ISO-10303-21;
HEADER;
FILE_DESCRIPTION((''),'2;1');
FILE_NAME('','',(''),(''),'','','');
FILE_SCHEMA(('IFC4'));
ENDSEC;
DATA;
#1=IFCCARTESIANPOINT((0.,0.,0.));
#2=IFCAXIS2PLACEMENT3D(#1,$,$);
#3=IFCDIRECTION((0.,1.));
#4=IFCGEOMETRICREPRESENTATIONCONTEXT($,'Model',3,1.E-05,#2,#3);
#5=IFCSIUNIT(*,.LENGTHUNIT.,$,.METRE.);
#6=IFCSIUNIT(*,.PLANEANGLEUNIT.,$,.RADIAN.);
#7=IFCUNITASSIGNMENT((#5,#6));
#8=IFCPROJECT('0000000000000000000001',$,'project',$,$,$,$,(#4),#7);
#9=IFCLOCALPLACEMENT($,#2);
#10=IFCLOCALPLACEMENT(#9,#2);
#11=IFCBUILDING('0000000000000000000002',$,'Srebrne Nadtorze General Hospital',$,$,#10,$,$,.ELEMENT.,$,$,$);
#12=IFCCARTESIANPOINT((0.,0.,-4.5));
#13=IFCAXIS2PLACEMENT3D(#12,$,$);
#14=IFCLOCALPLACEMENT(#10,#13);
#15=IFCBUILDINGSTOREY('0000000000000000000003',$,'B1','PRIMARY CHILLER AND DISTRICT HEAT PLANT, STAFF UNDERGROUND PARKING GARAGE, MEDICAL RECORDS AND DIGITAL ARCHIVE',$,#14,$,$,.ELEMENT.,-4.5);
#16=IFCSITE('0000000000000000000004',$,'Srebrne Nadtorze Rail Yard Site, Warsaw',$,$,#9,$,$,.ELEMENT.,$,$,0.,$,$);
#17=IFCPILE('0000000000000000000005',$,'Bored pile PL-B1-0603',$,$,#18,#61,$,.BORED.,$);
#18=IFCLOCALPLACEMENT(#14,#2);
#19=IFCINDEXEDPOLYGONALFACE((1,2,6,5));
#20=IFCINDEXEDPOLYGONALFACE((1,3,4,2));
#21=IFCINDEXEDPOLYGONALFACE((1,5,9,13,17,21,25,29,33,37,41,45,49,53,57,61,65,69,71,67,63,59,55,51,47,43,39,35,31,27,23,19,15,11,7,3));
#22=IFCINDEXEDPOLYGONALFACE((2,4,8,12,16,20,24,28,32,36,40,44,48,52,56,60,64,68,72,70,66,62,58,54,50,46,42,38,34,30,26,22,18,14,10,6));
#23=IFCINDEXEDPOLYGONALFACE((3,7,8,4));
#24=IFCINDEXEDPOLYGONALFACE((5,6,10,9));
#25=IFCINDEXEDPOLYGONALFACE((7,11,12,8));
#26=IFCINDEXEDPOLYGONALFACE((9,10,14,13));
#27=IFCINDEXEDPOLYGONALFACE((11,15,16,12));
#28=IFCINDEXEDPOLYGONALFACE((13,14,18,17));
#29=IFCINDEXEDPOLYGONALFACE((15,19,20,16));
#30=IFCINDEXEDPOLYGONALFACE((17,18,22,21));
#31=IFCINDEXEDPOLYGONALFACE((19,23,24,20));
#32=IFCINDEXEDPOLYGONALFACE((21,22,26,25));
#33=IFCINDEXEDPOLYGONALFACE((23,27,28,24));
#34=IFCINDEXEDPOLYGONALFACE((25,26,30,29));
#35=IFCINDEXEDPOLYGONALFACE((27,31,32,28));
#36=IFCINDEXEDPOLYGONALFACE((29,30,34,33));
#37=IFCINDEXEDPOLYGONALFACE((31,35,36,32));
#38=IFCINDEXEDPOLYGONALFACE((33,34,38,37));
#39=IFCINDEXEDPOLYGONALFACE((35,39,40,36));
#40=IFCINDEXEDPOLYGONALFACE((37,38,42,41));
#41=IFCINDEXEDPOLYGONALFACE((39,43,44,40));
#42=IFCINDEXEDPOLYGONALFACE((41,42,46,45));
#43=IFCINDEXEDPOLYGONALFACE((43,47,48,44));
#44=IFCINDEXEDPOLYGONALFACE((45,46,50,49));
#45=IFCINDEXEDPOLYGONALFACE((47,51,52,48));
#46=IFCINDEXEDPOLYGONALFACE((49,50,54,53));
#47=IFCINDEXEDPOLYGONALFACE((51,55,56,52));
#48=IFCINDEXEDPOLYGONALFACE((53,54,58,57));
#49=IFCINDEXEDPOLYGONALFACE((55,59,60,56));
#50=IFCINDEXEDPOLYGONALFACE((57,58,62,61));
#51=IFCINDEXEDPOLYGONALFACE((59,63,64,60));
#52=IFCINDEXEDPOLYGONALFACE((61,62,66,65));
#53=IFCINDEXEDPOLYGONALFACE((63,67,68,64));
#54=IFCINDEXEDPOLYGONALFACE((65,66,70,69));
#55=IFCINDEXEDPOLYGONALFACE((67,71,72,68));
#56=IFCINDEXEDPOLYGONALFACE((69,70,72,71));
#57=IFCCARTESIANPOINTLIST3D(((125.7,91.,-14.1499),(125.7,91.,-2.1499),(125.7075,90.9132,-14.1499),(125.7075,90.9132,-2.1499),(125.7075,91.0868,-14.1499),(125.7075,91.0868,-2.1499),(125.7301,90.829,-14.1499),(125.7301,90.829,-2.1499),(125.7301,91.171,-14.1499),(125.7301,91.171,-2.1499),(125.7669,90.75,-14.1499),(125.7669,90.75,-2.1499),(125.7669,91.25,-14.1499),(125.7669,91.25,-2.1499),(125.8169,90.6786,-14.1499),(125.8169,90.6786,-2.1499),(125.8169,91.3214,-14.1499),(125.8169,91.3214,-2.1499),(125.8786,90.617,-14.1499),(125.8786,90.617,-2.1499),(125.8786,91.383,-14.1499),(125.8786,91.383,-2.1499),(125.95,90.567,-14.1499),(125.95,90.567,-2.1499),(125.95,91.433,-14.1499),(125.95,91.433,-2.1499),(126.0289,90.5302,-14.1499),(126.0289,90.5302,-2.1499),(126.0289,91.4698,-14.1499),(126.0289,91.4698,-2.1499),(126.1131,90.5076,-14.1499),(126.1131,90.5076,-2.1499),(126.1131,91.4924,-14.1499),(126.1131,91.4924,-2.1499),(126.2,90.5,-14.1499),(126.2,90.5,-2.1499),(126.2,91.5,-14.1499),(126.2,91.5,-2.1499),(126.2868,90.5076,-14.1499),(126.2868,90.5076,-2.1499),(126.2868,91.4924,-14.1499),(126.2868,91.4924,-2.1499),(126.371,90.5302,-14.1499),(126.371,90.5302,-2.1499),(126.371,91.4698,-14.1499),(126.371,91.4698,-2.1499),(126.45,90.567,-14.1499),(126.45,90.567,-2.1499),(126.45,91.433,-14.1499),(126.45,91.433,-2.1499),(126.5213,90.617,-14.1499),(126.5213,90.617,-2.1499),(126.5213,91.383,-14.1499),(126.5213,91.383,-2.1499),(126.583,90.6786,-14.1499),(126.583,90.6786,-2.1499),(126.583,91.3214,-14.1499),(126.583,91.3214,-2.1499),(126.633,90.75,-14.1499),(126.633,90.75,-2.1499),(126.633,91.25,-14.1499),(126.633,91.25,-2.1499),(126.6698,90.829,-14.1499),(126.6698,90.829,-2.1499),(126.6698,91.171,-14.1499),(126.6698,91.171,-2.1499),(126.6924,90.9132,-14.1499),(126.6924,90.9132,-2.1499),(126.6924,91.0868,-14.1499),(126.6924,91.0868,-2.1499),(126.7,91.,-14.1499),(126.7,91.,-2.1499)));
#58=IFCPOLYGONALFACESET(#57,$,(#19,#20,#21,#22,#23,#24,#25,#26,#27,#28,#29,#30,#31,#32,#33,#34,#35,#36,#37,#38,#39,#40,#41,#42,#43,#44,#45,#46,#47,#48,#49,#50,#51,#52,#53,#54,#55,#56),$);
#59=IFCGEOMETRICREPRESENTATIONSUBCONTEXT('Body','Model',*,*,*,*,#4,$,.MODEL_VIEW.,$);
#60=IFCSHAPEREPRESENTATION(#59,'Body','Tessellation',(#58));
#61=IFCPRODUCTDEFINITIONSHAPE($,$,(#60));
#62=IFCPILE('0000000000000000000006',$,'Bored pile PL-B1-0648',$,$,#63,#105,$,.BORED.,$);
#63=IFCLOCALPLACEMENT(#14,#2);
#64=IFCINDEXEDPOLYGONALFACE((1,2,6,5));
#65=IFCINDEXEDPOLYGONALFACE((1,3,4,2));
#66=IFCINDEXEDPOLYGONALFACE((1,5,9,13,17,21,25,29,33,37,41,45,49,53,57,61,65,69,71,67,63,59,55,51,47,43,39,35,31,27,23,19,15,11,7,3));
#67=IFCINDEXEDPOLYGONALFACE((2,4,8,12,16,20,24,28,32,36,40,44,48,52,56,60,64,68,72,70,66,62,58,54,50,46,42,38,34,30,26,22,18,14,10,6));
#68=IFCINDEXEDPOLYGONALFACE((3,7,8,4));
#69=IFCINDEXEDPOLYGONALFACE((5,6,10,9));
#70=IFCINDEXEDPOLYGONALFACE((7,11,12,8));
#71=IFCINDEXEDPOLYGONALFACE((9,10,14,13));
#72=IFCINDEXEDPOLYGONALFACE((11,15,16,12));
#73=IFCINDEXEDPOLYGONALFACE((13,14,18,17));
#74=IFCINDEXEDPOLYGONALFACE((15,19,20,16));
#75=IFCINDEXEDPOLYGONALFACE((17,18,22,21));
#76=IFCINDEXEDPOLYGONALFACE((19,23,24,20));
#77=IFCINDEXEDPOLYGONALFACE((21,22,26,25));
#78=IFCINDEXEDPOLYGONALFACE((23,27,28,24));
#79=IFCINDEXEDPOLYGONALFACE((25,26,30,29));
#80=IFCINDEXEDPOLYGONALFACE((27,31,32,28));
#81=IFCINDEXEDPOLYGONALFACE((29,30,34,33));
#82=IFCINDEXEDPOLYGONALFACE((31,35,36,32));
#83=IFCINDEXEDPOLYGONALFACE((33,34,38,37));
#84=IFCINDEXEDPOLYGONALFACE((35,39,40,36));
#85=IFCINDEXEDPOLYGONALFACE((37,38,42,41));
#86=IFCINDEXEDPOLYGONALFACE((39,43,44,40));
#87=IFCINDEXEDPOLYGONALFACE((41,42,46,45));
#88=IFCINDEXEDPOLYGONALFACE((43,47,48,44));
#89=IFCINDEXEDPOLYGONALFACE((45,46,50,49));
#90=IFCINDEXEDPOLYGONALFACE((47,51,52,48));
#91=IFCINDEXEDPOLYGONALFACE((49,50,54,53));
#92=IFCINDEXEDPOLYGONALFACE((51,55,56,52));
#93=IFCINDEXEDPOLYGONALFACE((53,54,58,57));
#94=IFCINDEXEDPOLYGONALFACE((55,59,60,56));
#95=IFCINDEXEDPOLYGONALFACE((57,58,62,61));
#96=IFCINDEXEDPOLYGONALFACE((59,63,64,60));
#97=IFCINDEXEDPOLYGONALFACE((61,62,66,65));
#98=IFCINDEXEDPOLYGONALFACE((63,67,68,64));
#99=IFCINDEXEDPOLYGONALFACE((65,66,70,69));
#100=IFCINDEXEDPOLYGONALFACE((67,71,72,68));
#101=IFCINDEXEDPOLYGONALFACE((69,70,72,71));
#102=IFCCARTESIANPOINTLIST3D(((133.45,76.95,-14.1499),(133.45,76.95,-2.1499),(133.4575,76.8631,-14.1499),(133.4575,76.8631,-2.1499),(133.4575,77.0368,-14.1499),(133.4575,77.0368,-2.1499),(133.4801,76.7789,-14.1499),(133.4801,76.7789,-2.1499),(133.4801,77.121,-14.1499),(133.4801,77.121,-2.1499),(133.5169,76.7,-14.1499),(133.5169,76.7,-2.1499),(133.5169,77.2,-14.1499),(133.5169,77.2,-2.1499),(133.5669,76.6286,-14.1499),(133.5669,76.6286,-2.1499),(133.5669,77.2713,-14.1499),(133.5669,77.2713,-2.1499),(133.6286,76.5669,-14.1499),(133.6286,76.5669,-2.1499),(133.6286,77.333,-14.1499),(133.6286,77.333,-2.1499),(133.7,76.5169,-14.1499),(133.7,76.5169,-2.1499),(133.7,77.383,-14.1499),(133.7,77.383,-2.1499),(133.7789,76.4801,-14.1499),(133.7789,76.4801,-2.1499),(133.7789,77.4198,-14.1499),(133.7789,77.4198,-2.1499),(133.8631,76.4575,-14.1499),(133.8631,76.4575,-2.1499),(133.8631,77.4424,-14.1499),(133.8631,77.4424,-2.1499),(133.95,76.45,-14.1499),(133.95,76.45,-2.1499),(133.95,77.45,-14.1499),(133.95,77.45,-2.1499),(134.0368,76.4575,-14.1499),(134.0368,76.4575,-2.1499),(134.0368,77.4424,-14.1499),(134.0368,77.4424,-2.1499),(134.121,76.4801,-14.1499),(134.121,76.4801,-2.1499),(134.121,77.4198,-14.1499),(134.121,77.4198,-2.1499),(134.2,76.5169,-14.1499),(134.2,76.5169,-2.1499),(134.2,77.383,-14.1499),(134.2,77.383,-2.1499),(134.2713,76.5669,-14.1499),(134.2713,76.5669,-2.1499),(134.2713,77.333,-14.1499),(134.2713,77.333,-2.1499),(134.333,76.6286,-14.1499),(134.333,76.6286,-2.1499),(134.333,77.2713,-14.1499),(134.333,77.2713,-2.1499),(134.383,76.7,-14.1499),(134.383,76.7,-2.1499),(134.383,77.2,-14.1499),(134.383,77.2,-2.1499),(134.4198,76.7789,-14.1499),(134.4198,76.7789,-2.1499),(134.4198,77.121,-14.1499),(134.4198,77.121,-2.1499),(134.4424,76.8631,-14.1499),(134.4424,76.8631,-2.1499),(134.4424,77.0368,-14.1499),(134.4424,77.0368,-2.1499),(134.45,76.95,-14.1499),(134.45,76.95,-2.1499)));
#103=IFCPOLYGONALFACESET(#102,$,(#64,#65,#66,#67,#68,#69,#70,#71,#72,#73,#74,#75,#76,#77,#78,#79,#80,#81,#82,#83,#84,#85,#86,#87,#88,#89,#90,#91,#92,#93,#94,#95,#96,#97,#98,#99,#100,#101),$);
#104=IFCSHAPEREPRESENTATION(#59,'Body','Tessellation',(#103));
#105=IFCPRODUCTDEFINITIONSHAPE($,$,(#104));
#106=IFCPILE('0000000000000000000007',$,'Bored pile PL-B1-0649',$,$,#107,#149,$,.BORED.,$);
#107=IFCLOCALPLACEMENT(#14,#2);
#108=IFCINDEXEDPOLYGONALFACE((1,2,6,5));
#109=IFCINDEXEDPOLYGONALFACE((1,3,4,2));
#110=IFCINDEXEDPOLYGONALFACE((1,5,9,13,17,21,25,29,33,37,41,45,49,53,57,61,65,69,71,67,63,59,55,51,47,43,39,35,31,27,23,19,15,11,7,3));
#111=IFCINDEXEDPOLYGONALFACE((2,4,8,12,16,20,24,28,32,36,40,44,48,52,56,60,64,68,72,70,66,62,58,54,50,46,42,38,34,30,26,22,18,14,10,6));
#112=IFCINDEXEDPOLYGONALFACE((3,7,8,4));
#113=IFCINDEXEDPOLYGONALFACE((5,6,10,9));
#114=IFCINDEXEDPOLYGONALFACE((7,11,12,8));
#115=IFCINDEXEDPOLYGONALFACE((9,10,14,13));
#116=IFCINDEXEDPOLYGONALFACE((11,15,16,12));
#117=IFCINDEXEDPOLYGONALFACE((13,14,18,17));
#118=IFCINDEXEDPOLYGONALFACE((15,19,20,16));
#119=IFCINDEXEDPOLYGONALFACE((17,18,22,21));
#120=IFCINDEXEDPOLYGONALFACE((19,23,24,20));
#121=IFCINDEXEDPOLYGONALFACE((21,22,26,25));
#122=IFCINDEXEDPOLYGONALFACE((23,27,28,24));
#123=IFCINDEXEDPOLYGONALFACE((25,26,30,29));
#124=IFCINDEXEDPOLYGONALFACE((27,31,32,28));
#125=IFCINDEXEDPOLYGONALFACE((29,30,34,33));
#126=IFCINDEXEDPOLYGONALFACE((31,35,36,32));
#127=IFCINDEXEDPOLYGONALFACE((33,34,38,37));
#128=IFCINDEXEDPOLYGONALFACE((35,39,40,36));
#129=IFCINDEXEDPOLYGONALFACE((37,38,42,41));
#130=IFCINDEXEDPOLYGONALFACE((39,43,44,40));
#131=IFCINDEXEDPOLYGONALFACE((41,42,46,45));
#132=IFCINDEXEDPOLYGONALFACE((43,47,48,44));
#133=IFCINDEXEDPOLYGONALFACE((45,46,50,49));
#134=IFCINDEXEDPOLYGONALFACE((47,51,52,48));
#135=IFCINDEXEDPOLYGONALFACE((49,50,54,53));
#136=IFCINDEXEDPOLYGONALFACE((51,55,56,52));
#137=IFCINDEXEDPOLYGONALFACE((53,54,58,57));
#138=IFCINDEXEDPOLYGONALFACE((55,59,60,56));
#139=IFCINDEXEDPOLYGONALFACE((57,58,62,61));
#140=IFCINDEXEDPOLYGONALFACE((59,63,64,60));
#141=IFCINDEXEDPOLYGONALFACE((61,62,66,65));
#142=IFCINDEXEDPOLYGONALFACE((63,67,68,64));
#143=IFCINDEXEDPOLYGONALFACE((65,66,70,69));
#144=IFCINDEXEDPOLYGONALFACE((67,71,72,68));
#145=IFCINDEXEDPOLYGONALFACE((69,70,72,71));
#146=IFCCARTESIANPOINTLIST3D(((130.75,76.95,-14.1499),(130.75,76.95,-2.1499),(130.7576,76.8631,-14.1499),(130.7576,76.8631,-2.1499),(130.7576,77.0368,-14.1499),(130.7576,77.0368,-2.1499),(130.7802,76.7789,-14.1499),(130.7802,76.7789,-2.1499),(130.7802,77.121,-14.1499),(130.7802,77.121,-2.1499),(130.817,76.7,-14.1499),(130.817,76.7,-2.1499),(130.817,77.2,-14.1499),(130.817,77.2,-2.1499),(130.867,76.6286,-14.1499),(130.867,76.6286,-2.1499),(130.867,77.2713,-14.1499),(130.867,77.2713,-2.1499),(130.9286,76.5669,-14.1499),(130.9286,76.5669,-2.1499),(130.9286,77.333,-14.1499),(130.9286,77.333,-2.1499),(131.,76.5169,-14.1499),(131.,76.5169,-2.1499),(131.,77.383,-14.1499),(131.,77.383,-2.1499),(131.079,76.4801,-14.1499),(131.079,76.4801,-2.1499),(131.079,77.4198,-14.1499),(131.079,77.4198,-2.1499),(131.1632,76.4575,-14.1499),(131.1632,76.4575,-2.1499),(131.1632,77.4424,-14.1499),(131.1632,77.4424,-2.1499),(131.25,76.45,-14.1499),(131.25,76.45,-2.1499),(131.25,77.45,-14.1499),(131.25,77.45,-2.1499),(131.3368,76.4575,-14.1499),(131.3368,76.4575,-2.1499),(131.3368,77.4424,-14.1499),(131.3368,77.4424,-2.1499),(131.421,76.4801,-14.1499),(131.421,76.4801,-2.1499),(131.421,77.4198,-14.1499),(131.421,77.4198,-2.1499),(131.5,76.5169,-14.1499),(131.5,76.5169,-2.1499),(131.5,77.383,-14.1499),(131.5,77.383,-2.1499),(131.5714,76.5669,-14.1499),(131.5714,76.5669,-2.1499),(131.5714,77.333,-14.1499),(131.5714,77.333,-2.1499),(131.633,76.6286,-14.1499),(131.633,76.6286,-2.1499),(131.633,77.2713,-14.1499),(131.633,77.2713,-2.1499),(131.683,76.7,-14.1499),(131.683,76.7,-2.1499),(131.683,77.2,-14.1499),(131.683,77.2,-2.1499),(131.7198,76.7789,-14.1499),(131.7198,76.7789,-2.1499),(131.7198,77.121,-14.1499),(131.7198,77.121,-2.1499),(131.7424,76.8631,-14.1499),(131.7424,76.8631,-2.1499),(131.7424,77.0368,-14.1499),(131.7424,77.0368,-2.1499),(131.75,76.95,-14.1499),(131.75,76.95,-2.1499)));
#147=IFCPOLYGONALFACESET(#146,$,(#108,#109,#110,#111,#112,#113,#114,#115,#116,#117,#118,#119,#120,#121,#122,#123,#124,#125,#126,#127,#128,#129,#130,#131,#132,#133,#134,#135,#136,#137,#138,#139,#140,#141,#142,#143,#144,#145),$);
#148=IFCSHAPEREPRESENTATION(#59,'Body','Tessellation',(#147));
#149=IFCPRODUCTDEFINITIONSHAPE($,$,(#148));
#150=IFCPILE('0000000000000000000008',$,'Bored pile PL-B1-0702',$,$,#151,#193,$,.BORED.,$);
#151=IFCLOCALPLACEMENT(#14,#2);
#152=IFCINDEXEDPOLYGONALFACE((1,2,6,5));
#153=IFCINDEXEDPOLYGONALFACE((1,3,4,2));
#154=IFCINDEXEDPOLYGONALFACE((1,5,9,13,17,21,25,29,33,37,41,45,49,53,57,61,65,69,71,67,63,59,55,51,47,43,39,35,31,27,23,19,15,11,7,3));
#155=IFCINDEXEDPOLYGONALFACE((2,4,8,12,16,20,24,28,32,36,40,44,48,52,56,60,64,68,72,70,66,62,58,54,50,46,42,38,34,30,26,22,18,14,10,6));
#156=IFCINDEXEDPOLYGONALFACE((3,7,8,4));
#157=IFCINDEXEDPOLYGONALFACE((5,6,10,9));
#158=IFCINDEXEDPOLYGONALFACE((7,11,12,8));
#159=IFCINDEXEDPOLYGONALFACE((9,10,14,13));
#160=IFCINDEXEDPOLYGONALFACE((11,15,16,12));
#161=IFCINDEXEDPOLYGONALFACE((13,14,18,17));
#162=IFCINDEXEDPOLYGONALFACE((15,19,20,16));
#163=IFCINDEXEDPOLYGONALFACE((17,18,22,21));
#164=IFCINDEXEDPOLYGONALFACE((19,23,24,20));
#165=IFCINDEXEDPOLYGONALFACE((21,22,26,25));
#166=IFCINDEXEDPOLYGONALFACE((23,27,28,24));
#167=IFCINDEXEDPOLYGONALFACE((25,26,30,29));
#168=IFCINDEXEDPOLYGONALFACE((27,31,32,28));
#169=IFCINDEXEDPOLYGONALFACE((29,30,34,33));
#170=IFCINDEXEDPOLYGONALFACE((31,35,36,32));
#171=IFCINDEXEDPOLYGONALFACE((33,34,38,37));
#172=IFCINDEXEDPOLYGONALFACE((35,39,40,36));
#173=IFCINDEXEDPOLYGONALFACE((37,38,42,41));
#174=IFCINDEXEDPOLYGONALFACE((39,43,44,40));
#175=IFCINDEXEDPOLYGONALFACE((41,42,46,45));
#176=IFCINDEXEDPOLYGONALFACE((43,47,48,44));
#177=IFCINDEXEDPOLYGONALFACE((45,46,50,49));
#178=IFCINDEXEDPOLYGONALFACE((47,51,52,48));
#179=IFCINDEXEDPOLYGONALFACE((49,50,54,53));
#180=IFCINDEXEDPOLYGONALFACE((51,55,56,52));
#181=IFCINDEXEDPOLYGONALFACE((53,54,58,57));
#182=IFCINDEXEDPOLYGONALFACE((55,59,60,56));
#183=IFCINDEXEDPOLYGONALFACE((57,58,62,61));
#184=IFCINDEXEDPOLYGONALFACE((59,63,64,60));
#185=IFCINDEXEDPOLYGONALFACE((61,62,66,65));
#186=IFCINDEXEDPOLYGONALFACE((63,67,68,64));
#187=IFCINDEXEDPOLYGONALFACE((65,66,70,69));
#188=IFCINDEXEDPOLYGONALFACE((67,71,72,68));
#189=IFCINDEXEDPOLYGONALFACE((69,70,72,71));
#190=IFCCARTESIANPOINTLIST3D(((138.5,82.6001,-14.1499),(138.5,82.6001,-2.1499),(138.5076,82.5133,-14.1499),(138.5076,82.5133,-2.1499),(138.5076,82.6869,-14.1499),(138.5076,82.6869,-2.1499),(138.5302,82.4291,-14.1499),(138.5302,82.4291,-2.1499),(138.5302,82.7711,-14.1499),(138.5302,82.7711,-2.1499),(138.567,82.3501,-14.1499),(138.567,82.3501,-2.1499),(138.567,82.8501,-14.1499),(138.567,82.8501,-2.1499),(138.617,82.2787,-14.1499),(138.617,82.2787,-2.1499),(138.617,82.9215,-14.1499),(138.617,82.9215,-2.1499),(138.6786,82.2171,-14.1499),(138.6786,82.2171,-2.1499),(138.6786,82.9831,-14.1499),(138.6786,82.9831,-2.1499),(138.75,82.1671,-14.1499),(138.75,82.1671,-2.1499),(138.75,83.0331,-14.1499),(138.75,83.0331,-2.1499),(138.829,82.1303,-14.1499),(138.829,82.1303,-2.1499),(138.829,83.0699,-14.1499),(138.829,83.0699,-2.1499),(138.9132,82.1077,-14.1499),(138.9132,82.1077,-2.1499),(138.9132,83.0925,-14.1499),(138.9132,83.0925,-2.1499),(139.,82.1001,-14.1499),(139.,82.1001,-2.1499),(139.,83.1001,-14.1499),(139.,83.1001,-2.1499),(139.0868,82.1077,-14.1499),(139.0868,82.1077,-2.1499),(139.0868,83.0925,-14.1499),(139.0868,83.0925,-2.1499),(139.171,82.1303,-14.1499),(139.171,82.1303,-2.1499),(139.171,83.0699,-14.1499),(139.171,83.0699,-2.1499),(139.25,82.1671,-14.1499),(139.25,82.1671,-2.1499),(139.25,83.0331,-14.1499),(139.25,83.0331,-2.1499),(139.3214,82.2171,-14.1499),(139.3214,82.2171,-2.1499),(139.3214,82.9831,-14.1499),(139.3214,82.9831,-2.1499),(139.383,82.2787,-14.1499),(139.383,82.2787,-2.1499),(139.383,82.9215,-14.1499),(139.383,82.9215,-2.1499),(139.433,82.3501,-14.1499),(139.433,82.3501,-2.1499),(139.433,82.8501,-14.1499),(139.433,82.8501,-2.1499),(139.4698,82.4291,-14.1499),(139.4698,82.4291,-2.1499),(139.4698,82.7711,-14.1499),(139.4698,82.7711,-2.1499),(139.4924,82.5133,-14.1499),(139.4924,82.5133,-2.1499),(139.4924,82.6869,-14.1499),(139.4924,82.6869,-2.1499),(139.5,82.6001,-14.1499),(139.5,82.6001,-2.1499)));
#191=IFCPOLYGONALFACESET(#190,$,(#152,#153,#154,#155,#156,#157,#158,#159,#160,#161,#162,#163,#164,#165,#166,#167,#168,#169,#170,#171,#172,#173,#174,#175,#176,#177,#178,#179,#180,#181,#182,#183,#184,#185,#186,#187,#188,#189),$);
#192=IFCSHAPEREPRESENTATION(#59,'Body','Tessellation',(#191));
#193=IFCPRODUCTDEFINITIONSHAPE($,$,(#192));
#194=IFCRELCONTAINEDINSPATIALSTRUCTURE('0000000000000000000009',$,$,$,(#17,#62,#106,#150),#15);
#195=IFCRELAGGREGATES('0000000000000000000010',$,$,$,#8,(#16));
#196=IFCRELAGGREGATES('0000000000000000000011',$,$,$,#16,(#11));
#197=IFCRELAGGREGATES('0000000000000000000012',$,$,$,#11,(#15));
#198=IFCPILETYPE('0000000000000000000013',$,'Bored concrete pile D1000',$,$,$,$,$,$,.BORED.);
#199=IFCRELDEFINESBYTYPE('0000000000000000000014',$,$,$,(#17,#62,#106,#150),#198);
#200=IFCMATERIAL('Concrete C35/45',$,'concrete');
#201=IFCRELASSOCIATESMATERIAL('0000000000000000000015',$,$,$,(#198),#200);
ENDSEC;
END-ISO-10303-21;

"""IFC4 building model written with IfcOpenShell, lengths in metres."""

from ifc_helpers import new_model, si_unit, direction, frame, origin, origin_2d, place, context, subcontext, project, spatial, circle, extrude, material, material_profile, profile_set, type_object, element, save


model = new_model("IFC4")

# Units and contexts
model_context = context("Model", 3, precision=1e-05, world=origin(), true_north=direction((0.0, 1.0)))
body_context = subcontext(model_context, "Body", "Model", "MODEL_VIEW")
ifc_project = project(units=[si_unit("LENGTHUNIT", "METRE"), si_unit("PLANEANGLEUNIT", "RADIAN")], contexts=[model_context])

# Site, building, storey
site_placement = place(None, origin())
site = spatial("IfcSite", under=ifc_project, at=site_placement, Name="Srebrne Nadtorze Rail Yard Site, Warsaw", CompositionType="ELEMENT", RefElevation=0.0)
building_placement = place(site_placement, origin())
building = spatial("IfcBuilding", under=site, at=building_placement, Name="Srebrne Nadtorze General Hospital", CompositionType="ELEMENT")
storey_placement = place(building_placement, frame((0.0, 0.0, -4.5)))
storey = spatial("IfcBuildingStorey", under=building, at=storey_placement, Name="B1", Description="PRIMARY CHILLER AND DISTRICT HEAT PLANT, STAFF UNDERGROUND PARKING GARAGE, MEDICAL RECORDS AND DIGITAL ARCHIVE", CompositionType="ELEMENT", Elevation=-4.5)

# Piles
ifc_material_1 = material(Name="Concrete C35/45", Category="concrete")
ifc_material_profile_1 = material_profile(ifc_material_1, circle(Radius=0.5, at=origin_2d()), Name="PILE-D1000")
ifc_profile_set_1 = profile_set([ifc_material_profile_1], Name="Concrete C35/45")
pile_type_1 = type_object("IfcPileType", Name="Bored concrete pile D1000", PredefinedType="BORED", material=ifc_profile_set_1)
for number, where, z_axis, x_axis, name in (
    (1, (126.2, 91.0, -2.1499), (0.0, 0.0, -1.0), (1.0, 0.0, 0.0), "Bored pile PL-B1-0603"),
    (2, (133.95, 76.95, -2.1499), (0.0, 0.0, -1.0), (1.0, 0.0, 0.0), "Bored pile PL-B1-0648"),
    (3, (131.25, 76.95, -2.1499), (0.0, 0.0, -1.0), (1.0, 0.0, 0.0), "Bored pile PL-B1-0649"),
    (4, (139.0, 82.6001, -2.1499), (0.0, 0.0, -1.0), (1.0, 0.0, 0.0), "Bored pile PL-B1-0702"),
):
    element("IfcPile", number, at=place(storey_placement, frame(where, z_axis=z_axis, x_axis=x_axis)), inside=storey, type_object=pile_type_1, Name=name, PredefinedType="BORED", context=body_context, shape_type="SweptSolid", body=[
        extrude(circle(Radius=0.5, at=origin_2d()), origin(), (0.0, 0.0, 1.0), 12.0),
    ])

save(model, "model.ifc")
